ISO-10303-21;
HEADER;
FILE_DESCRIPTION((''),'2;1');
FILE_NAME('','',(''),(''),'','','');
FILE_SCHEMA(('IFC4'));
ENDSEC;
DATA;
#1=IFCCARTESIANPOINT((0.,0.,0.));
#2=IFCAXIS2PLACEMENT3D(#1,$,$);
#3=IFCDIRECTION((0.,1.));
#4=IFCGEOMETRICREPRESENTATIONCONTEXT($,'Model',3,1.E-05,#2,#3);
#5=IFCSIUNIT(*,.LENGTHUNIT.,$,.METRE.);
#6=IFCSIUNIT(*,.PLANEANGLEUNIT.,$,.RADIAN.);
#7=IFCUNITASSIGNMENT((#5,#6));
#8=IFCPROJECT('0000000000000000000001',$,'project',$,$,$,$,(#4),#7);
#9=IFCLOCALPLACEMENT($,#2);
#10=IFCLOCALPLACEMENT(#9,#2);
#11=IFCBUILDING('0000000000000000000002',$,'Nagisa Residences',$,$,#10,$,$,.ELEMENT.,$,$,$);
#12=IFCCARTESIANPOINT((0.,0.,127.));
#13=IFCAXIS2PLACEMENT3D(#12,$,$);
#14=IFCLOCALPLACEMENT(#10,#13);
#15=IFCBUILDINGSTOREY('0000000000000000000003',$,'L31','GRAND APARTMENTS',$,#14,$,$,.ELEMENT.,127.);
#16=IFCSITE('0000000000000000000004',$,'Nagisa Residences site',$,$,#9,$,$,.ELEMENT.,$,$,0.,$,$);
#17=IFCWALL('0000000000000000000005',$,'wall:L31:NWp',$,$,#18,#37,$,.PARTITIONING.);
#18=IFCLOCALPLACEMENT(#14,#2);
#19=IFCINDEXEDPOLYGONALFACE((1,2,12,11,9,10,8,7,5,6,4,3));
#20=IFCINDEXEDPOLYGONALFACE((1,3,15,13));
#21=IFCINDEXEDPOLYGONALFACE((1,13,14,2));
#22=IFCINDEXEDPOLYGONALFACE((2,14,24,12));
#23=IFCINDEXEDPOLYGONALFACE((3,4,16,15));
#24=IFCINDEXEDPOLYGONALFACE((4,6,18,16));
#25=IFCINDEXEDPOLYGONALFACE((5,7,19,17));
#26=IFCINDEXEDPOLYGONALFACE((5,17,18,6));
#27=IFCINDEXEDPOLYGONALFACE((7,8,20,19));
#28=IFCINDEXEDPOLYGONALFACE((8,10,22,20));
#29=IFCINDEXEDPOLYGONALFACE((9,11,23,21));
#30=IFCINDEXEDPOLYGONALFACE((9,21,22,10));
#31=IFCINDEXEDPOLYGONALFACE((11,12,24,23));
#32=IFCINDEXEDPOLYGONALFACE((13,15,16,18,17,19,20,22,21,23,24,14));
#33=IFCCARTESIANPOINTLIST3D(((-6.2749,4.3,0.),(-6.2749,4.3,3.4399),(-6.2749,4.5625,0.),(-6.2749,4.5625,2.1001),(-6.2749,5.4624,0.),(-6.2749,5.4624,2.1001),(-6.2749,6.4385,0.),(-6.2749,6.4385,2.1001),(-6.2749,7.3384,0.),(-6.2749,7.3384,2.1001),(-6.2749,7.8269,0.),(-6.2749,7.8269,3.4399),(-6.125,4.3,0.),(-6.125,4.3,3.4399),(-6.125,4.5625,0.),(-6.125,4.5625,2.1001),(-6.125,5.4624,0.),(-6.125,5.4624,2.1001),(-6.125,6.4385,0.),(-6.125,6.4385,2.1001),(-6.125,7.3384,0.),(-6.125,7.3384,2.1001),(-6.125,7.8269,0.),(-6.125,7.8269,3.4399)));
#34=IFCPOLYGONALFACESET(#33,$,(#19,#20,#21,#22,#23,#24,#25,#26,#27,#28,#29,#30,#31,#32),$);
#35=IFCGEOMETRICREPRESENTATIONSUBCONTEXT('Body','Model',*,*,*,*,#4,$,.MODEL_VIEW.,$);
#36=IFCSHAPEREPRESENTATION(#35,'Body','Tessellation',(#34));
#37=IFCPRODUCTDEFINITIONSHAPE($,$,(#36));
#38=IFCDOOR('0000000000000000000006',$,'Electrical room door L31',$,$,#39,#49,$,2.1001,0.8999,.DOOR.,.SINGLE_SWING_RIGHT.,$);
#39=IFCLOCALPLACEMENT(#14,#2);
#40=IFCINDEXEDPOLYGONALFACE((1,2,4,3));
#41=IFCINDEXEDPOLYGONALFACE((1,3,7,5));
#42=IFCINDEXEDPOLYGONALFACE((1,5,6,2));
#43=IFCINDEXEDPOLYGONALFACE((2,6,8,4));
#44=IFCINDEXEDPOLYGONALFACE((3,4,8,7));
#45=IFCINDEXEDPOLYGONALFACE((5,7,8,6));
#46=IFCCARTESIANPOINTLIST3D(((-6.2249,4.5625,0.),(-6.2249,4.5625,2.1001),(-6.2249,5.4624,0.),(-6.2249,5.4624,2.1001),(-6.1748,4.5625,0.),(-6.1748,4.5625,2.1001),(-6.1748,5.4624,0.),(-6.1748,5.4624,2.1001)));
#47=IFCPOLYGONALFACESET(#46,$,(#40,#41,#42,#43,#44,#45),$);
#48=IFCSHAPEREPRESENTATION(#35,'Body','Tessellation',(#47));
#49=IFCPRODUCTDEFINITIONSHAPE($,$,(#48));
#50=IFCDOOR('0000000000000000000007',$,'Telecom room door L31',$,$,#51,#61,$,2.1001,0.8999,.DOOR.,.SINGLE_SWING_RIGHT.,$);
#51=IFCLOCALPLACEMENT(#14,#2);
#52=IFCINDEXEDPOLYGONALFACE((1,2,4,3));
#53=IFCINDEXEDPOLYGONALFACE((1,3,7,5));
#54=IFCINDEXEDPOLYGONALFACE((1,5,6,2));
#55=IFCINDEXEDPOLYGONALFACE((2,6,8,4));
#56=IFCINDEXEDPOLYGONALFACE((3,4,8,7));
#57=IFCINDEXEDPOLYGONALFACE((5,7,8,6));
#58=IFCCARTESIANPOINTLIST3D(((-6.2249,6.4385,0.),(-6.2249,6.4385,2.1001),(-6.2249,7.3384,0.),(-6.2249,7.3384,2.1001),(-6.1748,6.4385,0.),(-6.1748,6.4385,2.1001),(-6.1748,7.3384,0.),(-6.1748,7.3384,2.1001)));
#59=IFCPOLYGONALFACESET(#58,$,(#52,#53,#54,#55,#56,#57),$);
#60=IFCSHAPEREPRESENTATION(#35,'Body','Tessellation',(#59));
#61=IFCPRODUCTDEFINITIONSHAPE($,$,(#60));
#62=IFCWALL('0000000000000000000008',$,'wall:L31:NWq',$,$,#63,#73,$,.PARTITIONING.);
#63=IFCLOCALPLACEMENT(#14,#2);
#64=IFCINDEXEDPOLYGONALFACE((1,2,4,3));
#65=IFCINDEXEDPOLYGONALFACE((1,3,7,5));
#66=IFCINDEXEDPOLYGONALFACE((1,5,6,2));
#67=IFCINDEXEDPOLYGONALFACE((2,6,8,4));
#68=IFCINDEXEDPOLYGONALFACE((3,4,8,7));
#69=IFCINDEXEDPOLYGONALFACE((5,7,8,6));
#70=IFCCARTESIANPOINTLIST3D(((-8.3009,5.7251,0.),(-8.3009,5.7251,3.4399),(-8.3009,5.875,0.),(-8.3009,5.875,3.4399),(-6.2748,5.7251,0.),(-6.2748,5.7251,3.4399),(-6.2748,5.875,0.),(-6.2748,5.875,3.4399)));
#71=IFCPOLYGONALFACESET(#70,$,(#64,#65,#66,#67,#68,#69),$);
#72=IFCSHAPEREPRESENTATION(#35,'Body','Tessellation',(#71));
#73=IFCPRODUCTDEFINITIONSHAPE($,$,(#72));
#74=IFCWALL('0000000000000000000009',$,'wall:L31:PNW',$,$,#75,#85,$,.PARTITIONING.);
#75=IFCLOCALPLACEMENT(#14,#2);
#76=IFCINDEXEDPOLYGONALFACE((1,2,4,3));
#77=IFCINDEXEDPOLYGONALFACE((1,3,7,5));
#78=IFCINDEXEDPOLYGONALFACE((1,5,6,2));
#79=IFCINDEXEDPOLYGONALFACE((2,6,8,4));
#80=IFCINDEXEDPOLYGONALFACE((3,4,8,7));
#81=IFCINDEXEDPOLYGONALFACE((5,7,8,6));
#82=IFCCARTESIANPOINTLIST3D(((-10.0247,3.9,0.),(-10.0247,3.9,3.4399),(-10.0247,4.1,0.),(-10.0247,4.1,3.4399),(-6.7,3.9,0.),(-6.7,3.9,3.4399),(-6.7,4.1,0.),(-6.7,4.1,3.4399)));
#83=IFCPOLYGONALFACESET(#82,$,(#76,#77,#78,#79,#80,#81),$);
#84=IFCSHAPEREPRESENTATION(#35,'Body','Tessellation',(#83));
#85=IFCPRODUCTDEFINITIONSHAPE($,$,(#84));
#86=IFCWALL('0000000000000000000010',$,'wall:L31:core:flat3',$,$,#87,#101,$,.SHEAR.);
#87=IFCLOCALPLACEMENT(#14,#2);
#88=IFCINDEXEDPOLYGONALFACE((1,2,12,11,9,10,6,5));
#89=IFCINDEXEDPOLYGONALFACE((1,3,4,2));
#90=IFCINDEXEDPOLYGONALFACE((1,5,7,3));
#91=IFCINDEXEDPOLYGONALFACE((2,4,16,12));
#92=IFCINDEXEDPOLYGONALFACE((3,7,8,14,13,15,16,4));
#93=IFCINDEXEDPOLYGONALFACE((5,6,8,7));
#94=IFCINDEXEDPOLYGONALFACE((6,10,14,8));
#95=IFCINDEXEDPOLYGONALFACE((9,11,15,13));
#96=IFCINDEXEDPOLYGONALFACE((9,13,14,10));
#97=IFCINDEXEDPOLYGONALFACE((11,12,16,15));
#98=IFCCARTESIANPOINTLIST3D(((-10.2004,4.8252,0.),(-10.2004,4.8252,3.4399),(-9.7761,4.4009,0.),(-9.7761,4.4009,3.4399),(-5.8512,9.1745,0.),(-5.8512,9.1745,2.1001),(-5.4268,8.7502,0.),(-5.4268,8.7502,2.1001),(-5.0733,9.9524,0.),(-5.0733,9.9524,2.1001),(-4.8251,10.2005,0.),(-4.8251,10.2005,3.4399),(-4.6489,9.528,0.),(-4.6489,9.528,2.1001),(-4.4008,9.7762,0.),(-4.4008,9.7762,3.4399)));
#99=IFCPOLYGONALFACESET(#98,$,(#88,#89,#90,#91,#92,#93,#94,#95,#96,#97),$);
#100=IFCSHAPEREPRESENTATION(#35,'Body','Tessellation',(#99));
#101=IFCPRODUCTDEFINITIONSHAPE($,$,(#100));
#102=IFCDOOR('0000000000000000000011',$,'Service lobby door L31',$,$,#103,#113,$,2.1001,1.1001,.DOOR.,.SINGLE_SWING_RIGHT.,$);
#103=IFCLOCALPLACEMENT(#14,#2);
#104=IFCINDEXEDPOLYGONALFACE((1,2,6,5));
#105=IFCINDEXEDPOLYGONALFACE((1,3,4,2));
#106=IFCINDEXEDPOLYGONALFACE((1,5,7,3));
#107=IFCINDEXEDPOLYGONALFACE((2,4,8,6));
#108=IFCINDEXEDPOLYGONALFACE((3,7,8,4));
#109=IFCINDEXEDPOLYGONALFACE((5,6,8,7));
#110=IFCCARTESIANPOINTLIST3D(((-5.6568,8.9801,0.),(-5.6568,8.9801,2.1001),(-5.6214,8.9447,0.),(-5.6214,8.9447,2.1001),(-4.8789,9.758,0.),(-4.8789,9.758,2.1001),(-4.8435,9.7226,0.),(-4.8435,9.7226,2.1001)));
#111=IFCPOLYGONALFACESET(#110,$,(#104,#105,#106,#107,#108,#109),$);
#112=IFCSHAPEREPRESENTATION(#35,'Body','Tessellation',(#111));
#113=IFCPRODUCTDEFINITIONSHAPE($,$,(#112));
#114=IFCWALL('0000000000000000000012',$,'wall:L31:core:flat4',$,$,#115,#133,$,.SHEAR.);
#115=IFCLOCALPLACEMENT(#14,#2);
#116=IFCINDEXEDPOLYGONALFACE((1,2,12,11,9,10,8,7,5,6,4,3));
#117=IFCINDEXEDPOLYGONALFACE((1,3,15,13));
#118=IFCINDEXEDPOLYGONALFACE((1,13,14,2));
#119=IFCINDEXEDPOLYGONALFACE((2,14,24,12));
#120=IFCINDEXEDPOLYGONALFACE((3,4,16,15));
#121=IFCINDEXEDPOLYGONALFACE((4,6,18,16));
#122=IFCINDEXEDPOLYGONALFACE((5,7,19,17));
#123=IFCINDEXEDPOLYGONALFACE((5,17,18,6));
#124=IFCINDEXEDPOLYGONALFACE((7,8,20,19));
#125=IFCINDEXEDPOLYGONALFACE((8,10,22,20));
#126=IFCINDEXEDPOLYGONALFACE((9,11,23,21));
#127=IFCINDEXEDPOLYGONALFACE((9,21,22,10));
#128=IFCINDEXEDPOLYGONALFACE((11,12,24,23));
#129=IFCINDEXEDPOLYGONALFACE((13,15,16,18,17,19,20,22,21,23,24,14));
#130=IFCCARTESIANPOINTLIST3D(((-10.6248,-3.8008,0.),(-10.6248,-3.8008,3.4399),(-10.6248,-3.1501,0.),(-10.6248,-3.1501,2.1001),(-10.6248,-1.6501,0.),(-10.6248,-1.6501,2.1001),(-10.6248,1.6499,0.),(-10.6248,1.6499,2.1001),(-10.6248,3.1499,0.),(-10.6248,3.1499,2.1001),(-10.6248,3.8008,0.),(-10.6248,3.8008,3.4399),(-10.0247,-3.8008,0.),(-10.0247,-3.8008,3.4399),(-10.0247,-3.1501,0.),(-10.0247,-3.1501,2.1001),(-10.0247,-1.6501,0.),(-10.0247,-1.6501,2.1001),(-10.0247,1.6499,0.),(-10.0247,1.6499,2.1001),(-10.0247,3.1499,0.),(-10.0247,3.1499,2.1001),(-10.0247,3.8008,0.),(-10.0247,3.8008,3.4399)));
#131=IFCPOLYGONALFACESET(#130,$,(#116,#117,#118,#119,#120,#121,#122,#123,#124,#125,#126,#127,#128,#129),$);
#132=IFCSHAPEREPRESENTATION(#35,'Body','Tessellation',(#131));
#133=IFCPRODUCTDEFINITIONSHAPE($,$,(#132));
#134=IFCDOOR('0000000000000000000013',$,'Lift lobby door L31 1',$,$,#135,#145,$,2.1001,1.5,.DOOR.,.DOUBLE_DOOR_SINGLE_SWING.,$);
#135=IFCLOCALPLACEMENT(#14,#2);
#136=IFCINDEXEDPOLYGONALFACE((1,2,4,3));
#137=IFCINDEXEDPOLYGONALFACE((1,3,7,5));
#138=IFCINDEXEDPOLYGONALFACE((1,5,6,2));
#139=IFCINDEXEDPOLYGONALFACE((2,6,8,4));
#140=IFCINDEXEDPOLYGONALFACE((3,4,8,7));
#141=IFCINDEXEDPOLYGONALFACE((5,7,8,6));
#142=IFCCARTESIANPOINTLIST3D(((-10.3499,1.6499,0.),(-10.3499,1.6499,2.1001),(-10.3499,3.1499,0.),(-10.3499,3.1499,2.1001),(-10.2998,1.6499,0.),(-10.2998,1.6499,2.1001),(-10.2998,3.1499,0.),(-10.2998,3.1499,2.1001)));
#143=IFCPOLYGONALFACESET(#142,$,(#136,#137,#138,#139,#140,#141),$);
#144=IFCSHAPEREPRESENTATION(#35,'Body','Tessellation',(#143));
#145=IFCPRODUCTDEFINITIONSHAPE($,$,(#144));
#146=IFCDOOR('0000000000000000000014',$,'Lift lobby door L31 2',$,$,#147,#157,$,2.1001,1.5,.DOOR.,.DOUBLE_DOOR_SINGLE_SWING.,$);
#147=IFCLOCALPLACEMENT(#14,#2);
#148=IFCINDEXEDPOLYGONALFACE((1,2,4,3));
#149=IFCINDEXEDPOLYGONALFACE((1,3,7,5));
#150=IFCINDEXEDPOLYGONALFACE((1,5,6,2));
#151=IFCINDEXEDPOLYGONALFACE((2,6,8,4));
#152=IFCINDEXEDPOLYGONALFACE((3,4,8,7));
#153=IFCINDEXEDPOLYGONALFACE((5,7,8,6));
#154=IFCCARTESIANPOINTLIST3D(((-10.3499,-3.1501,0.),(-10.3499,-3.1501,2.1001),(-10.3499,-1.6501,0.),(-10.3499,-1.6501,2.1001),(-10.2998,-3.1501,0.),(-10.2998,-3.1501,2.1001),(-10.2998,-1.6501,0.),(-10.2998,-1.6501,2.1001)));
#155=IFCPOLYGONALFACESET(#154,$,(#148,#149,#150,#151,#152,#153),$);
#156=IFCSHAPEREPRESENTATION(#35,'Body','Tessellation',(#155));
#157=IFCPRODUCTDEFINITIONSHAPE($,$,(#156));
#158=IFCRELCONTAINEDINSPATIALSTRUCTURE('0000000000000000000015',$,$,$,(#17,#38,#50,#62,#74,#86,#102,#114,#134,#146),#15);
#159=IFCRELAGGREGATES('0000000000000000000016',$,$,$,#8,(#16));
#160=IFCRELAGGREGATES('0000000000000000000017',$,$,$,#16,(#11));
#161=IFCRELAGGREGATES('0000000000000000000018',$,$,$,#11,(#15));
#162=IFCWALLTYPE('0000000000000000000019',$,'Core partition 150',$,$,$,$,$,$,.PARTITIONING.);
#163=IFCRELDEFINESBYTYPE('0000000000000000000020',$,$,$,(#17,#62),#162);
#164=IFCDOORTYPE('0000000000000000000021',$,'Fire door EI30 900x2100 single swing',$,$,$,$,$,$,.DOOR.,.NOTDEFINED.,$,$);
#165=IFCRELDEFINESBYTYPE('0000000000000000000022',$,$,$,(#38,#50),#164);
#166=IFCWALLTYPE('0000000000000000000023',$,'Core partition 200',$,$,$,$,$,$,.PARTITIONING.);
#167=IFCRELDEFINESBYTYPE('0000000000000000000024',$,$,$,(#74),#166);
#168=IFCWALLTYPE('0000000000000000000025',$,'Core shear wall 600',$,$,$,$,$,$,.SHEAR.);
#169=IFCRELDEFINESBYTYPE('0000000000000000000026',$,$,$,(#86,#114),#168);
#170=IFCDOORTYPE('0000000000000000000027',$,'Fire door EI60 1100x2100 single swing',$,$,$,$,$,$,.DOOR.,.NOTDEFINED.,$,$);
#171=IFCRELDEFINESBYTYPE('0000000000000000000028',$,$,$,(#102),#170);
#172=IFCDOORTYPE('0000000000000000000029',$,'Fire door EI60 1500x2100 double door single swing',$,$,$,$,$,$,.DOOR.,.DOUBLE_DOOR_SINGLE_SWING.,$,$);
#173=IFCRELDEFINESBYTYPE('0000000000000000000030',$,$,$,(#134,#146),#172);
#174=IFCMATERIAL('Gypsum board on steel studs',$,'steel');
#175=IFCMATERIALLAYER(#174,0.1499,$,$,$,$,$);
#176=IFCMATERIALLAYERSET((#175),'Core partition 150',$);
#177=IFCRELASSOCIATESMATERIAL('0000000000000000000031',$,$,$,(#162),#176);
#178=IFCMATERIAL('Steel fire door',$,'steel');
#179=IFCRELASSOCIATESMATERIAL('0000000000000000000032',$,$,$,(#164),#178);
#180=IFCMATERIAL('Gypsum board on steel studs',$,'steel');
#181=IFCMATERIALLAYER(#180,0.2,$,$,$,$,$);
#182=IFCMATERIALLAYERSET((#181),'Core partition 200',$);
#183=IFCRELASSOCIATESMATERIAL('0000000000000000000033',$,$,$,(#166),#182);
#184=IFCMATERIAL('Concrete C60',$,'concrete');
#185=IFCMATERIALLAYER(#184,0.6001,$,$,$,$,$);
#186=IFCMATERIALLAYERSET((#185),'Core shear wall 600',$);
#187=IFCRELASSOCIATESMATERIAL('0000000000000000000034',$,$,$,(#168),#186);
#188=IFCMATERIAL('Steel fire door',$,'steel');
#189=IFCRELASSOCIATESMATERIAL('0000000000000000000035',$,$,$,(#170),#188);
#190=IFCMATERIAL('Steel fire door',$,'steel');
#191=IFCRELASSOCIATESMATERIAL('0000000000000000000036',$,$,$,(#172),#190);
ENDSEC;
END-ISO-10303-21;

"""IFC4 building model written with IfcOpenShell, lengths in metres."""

from ifc_helpers import new_model, si_unit, direction, frame, frame_2d, origin, place, context, subcontext, project, spatial, rectangle, extrude, material, layer, layer_set, type_object, element, fill, save


model = new_model("IFC4")

# Units and contexts
model_context = context("Model", 3, precision=1e-05, world=origin(), true_north=direction((0.0, 1.0)))
body_context = subcontext(model_context, "Body", "Model", "MODEL_VIEW")
ifc_project = project(units=[si_unit("LENGTHUNIT", "METRE"), si_unit("PLANEANGLEUNIT", "RADIAN")], contexts=[model_context])

# Site, building, storey
site_placement = place(None, origin())
site = spatial("IfcSite", under=ifc_project, at=site_placement, Name="Nagisa Residences site", CompositionType="ELEMENT", RefElevation=0.0)
building_placement = place(site_placement, origin())
building = spatial("IfcBuilding", under=site, at=building_placement, Name="Nagisa Residences", CompositionType="ELEMENT")
storey_placement = place(building_placement, frame((0.0, 0.0, 127.0)))
storey = spatial("IfcBuildingStorey", under=building, at=storey_placement, Name="L31", Description="GRAND APARTMENTS", CompositionType="ELEMENT", Elevation=127.0)

# Wall, openings, doors
ifc_material_1 = material(Name="Gypsum board on steel studs", Category="steel")
ifc_layer_1 = layer(ifc_material_1, 0.1499)
ifc_layer_set_1 = layer_set([ifc_layer_1], Name="Core partition 150")
wall_type_1 = type_object("IfcWallType", Name="Core partition 150", PredefinedType="PARTITIONING", material=ifc_layer_set_1)
wall_1_placement = place(storey_placement, frame((-6.2, 4.3, 0.0), z_axis=(0.0, 0.0, 1.0), x_axis=(0.0, 1.0, 0.0)))
wall_1 = element("IfcWall", 1, at=wall_1_placement, inside=storey, type_object=wall_type_1, Name="wall:L31:NWp", PredefinedType="PARTITIONING", context=body_context, shape_type="SweptSolid", body=[
    extrude(rectangle(XDim=3.5269, YDim=0.1499, at=frame_2d((1.7634, 0.0))), origin(), (0.0, 0.0, 1.0), 3.4399),
])
opening_1_placement = place(wall_1_placement, frame((0.2625, 0.0, 0.0)))
opening_1 = element("IfcOpeningElement", 2, at=opening_1_placement, cuts=wall_1, PredefinedType="OPENING", context=body_context, shape_type="SweptSolid", body=[
    extrude(rectangle(XDim=0.8999, YDim=2.1001, at=frame_2d((0.45, 1.05))), frame((0.0, 0.085, 0.0), z_axis=(0.0, -1.0, 0.0), x_axis=(1.0, 0.0, 0.0)), (0.0, 0.0, 1.0), 0.1699),
])
opening_2_placement = place(wall_1_placement, frame((2.1384, 0.0, 0.0)))
opening_2 = element("IfcOpeningElement", 3, at=opening_2_placement, cuts=wall_1, PredefinedType="OPENING", context=body_context, shape_type="SweptSolid", body=[
    extrude(rectangle(XDim=0.8999, YDim=2.1001, at=frame_2d((0.45, 1.05))), frame((0.0, 0.085, 0.0), z_axis=(0.0, -1.0, 0.0), x_axis=(1.0, 0.0, 0.0)), (0.0, 0.0, 1.0), 0.1699),
])
ifc_material_2 = material(Name="Steel fire door", Category="steel")
door_type_1 = type_object("IfcDoorType", Name="Fire door EI30 900x2100 single swing", OperationType="NOTDEFINED", PredefinedType="DOOR", material=ifc_material_2)
door_1_placement = place(opening_1_placement, origin())
door_1 = element("IfcDoor", 4, at=door_1_placement, inside=storey, type_object=door_type_1, Name="Electrical room door L31", OperationType="SINGLE_SWING_RIGHT", OverallHeight=2.1001, OverallWidth=0.8999, PredefinedType="DOOR", context=body_context, shape_type="SweptSolid", body=[
    extrude(rectangle(XDim=0.8999, YDim=2.1001, at=frame_2d((0.45, 1.05))), frame((0.0, 0.0249, 0.0), z_axis=(0.0, -1.0, 0.0), x_axis=(1.0, 0.0, 0.0)), (0.0, 0.0, 1.0), 0.05),
])
fill(opening_1, door_1)
door_2_placement = place(opening_2_placement, origin())
door_2 = element("IfcDoor", 5, at=door_2_placement, inside=storey, type_object=door_type_1, Name="Telecom room door L31", OperationType="SINGLE_SWING_RIGHT", OverallHeight=2.1001, OverallWidth=0.8999, PredefinedType="DOOR", context=body_context, shape_type="SweptSolid", body=[
    extrude(rectangle(XDim=0.8999, YDim=2.1001, at=frame_2d((0.45, 1.05))), frame((0.0, 0.0249, 0.0), z_axis=(0.0, -1.0, 0.0), x_axis=(1.0, 0.0, 0.0)), (0.0, 0.0, 1.0), 0.05),
])
fill(opening_2, door_2)

# Walls
wall_2_placement = place(storey_placement, frame((-8.301, 5.8, 0.0), z_axis=(0.0, 0.0, 1.0), x_axis=(1.0, 0.0, 0.0)))
element("IfcWall", 6, at=wall_2_placement, inside=storey, type_object=wall_type_1, Name="wall:L31:NWq", PredefinedType="PARTITIONING", context=body_context, shape_type="SweptSolid", body=[
    extrude(rectangle(XDim=2.0261, YDim=0.1499, at=frame_2d((1.0132, 0.0))), origin(), (0.0, 0.0, 1.0), 3.4399),
])
ifc_material_3 = material(Name="Gypsum board on steel studs", Category="steel")
ifc_layer_2 = layer(ifc_material_3, 0.2)
ifc_layer_set_2 = layer_set([ifc_layer_2], Name="Core partition 200")
wall_type_2 = type_object("IfcWallType", Name="Core partition 200", PredefinedType="PARTITIONING", material=ifc_layer_set_2)
wall_3_placement = place(storey_placement, frame((-10.0247, 4.0, 0.0), z_axis=(0.0, 0.0, 1.0), x_axis=(1.0, 0.0, 0.0)))
element("IfcWall", 7, at=wall_3_placement, inside=storey, type_object=wall_type_2, Name="wall:L31:PNW", PredefinedType="PARTITIONING", context=body_context, shape_type="SweptSolid", body=[
    extrude(rectangle(XDim=3.3247, YDim=0.2, at=frame_2d((1.6624, 0.0))), origin(), (0.0, 0.0, 1.0), 3.4399),
])

# Wall, opening, door
ifc_material_4 = material(Name="Concrete C60", Category="concrete")
ifc_layer_3 = layer(ifc_material_4, 0.6001)
ifc_layer_set_3 = layer_set([ifc_layer_3], Name="Core shear wall 600")
wall_type_3 = type_object("IfcWallType", Name="Core shear wall 600", PredefinedType="SHEAR", material=ifc_layer_set_3)
wall_4_placement = place(storey_placement, frame((-4.613, 9.9883, 0.0), z_axis=(0.0, 0.0, 1.0), x_axis=(-0.707107, -0.707107, 0.0)))
wall_4 = element("IfcWall", 8, at=wall_4_placement, inside=storey, type_object=wall_type_3, Name="wall:L31:core:flat3", PredefinedType="SHEAR", context=body_context, shape_type="SweptSolid", body=[
    extrude(rectangle(XDim=7.6018, YDim=0.6001, at=frame_2d((3.8008, 0.0))), origin(), (0.0, 0.0, 1.0), 3.4399),
])
opening_3_placement = place(wall_4_placement, frame((0.3508, 0.0, 0.0)))
opening_3 = element("IfcOpeningElement", 9, at=opening_3_placement, cuts=wall_4, PredefinedType="OPENING", context=body_context, shape_type="SweptSolid", body=[
    extrude(rectangle(XDim=1.1001, YDim=2.1001, at=frame_2d((0.55, 1.05))), frame((0.0, 0.3101, 0.0), z_axis=(0.0, -1.0, 0.0), x_axis=(1.0, 0.0, 0.0)), (0.0, 0.0, 1.0), 0.6201),
])
ifc_material_5 = material(Name="Steel fire door", Category="steel")
door_type_2 = type_object("IfcDoorType", Name="Fire door EI60 1100x2100 single swing", OperationType="NOTDEFINED", PredefinedType="DOOR", material=ifc_material_5)
door_3_placement = place(opening_3_placement, origin())
door_3 = element("IfcDoor", 10, at=door_3_placement, inside=storey, type_object=door_type_2, Name="Service lobby door L31", OperationType="SINGLE_SWING_RIGHT", OverallHeight=2.1001, OverallWidth=1.1001, PredefinedType="DOOR", context=body_context, shape_type="SweptSolid", body=[
    extrude(rectangle(XDim=1.1001, YDim=2.1001, at=frame_2d((0.55, 1.05))), frame((0.0, 0.0249, 0.0), z_axis=(0.0, -1.0, 0.0), x_axis=(1.0, 0.0, 0.0)), (0.0, 0.0, 1.0), 0.05),
])
fill(opening_3, door_3)

# Wall, openings, doors
wall_5_placement = place(storey_placement, frame((-10.3247, 3.8008, 0.0), z_axis=(0.0, 0.0, 1.0), x_axis=(0.0, -1.0, 0.0)))
wall_5 = element("IfcWall", 11, at=wall_5_placement, inside=storey, type_object=wall_type_3, Name="wall:L31:core:flat4", PredefinedType="SHEAR", context=body_context, shape_type="SweptSolid", body=[
    extrude(rectangle(XDim=7.6016, YDim=0.6001, at=frame_2d((3.8008, 0.0))), origin(), (0.0, 0.0, 1.0), 3.4399),
])
opening_4_placement = place(wall_5_placement, frame((0.6509, 0.0, 0.0)))
opening_4 = element("IfcOpeningElement", 12, at=opening_4_placement, cuts=wall_5, PredefinedType="OPENING", context=body_context, shape_type="SweptSolid", body=[
    extrude(rectangle(XDim=1.5, YDim=2.1001, at=frame_2d((0.75, 1.05))), frame((0.0, 0.3101, 0.0), z_axis=(0.0, -1.0, 0.0), x_axis=(1.0, 0.0, 0.0)), (0.0, 0.0, 1.0), 0.6201),
])
opening_5_placement = place(wall_5_placement, frame((5.4509, 0.0, 0.0)))
opening_5 = element("IfcOpeningElement", 13, at=opening_5_placement, cuts=wall_5, PredefinedType="OPENING", context=body_context, shape_type="SweptSolid", body=[
    extrude(rectangle(XDim=1.5, YDim=2.1001, at=frame_2d((0.75, 1.05))), frame((0.0, 0.3101, 0.0), z_axis=(0.0, -1.0, 0.0), x_axis=(1.0, 0.0, 0.0)), (0.0, 0.0, 1.0), 0.6201),
])
ifc_material_6 = material(Name="Steel fire door", Category="steel")
door_type_3 = type_object("IfcDoorType", Name="Fire door EI60 1500x2100 double door single swing", OperationType="DOUBLE_DOOR_SINGLE_SWING", PredefinedType="DOOR", material=ifc_material_6)
door_4_placement = place(opening_4_placement, origin())
door_4 = element("IfcDoor", 14, at=door_4_placement, inside=storey, type_object=door_type_3, Name="Lift lobby door L31 1", OperationType="DOUBLE_DOOR_SINGLE_SWING", OverallHeight=2.1001, OverallWidth=1.5, PredefinedType="DOOR", context=body_context, shape_type="SweptSolid", body=[
    extrude(rectangle(XDim=1.5, YDim=2.1001, at=frame_2d((0.75, 1.05))), frame((0.0, 0.0249, 0.0), z_axis=(0.0, -1.0, 0.0), x_axis=(1.0, 0.0, 0.0)), (0.0, 0.0, 1.0), 0.05),
])
fill(opening_4, door_4)
door_5_placement = place(opening_5_placement, origin())
door_5 = element("IfcDoor", 15, at=door_5_placement, inside=storey, type_object=door_type_3, Name="Lift lobby door L31 2", OperationType="DOUBLE_DOOR_SINGLE_SWING", OverallHeight=2.1001, OverallWidth=1.5, PredefinedType="DOOR", context=body_context, shape_type="SweptSolid", body=[
    extrude(rectangle(XDim=1.5, YDim=2.1001, at=frame_2d((0.75, 1.05))), frame((0.0, 0.0249, 0.0), z_axis=(0.0, -1.0, 0.0), x_axis=(1.0, 0.0, 0.0)), (0.0, 0.0, 1.0), 0.05),
])
fill(opening_5, door_5)

save(model, "model.ifc")
